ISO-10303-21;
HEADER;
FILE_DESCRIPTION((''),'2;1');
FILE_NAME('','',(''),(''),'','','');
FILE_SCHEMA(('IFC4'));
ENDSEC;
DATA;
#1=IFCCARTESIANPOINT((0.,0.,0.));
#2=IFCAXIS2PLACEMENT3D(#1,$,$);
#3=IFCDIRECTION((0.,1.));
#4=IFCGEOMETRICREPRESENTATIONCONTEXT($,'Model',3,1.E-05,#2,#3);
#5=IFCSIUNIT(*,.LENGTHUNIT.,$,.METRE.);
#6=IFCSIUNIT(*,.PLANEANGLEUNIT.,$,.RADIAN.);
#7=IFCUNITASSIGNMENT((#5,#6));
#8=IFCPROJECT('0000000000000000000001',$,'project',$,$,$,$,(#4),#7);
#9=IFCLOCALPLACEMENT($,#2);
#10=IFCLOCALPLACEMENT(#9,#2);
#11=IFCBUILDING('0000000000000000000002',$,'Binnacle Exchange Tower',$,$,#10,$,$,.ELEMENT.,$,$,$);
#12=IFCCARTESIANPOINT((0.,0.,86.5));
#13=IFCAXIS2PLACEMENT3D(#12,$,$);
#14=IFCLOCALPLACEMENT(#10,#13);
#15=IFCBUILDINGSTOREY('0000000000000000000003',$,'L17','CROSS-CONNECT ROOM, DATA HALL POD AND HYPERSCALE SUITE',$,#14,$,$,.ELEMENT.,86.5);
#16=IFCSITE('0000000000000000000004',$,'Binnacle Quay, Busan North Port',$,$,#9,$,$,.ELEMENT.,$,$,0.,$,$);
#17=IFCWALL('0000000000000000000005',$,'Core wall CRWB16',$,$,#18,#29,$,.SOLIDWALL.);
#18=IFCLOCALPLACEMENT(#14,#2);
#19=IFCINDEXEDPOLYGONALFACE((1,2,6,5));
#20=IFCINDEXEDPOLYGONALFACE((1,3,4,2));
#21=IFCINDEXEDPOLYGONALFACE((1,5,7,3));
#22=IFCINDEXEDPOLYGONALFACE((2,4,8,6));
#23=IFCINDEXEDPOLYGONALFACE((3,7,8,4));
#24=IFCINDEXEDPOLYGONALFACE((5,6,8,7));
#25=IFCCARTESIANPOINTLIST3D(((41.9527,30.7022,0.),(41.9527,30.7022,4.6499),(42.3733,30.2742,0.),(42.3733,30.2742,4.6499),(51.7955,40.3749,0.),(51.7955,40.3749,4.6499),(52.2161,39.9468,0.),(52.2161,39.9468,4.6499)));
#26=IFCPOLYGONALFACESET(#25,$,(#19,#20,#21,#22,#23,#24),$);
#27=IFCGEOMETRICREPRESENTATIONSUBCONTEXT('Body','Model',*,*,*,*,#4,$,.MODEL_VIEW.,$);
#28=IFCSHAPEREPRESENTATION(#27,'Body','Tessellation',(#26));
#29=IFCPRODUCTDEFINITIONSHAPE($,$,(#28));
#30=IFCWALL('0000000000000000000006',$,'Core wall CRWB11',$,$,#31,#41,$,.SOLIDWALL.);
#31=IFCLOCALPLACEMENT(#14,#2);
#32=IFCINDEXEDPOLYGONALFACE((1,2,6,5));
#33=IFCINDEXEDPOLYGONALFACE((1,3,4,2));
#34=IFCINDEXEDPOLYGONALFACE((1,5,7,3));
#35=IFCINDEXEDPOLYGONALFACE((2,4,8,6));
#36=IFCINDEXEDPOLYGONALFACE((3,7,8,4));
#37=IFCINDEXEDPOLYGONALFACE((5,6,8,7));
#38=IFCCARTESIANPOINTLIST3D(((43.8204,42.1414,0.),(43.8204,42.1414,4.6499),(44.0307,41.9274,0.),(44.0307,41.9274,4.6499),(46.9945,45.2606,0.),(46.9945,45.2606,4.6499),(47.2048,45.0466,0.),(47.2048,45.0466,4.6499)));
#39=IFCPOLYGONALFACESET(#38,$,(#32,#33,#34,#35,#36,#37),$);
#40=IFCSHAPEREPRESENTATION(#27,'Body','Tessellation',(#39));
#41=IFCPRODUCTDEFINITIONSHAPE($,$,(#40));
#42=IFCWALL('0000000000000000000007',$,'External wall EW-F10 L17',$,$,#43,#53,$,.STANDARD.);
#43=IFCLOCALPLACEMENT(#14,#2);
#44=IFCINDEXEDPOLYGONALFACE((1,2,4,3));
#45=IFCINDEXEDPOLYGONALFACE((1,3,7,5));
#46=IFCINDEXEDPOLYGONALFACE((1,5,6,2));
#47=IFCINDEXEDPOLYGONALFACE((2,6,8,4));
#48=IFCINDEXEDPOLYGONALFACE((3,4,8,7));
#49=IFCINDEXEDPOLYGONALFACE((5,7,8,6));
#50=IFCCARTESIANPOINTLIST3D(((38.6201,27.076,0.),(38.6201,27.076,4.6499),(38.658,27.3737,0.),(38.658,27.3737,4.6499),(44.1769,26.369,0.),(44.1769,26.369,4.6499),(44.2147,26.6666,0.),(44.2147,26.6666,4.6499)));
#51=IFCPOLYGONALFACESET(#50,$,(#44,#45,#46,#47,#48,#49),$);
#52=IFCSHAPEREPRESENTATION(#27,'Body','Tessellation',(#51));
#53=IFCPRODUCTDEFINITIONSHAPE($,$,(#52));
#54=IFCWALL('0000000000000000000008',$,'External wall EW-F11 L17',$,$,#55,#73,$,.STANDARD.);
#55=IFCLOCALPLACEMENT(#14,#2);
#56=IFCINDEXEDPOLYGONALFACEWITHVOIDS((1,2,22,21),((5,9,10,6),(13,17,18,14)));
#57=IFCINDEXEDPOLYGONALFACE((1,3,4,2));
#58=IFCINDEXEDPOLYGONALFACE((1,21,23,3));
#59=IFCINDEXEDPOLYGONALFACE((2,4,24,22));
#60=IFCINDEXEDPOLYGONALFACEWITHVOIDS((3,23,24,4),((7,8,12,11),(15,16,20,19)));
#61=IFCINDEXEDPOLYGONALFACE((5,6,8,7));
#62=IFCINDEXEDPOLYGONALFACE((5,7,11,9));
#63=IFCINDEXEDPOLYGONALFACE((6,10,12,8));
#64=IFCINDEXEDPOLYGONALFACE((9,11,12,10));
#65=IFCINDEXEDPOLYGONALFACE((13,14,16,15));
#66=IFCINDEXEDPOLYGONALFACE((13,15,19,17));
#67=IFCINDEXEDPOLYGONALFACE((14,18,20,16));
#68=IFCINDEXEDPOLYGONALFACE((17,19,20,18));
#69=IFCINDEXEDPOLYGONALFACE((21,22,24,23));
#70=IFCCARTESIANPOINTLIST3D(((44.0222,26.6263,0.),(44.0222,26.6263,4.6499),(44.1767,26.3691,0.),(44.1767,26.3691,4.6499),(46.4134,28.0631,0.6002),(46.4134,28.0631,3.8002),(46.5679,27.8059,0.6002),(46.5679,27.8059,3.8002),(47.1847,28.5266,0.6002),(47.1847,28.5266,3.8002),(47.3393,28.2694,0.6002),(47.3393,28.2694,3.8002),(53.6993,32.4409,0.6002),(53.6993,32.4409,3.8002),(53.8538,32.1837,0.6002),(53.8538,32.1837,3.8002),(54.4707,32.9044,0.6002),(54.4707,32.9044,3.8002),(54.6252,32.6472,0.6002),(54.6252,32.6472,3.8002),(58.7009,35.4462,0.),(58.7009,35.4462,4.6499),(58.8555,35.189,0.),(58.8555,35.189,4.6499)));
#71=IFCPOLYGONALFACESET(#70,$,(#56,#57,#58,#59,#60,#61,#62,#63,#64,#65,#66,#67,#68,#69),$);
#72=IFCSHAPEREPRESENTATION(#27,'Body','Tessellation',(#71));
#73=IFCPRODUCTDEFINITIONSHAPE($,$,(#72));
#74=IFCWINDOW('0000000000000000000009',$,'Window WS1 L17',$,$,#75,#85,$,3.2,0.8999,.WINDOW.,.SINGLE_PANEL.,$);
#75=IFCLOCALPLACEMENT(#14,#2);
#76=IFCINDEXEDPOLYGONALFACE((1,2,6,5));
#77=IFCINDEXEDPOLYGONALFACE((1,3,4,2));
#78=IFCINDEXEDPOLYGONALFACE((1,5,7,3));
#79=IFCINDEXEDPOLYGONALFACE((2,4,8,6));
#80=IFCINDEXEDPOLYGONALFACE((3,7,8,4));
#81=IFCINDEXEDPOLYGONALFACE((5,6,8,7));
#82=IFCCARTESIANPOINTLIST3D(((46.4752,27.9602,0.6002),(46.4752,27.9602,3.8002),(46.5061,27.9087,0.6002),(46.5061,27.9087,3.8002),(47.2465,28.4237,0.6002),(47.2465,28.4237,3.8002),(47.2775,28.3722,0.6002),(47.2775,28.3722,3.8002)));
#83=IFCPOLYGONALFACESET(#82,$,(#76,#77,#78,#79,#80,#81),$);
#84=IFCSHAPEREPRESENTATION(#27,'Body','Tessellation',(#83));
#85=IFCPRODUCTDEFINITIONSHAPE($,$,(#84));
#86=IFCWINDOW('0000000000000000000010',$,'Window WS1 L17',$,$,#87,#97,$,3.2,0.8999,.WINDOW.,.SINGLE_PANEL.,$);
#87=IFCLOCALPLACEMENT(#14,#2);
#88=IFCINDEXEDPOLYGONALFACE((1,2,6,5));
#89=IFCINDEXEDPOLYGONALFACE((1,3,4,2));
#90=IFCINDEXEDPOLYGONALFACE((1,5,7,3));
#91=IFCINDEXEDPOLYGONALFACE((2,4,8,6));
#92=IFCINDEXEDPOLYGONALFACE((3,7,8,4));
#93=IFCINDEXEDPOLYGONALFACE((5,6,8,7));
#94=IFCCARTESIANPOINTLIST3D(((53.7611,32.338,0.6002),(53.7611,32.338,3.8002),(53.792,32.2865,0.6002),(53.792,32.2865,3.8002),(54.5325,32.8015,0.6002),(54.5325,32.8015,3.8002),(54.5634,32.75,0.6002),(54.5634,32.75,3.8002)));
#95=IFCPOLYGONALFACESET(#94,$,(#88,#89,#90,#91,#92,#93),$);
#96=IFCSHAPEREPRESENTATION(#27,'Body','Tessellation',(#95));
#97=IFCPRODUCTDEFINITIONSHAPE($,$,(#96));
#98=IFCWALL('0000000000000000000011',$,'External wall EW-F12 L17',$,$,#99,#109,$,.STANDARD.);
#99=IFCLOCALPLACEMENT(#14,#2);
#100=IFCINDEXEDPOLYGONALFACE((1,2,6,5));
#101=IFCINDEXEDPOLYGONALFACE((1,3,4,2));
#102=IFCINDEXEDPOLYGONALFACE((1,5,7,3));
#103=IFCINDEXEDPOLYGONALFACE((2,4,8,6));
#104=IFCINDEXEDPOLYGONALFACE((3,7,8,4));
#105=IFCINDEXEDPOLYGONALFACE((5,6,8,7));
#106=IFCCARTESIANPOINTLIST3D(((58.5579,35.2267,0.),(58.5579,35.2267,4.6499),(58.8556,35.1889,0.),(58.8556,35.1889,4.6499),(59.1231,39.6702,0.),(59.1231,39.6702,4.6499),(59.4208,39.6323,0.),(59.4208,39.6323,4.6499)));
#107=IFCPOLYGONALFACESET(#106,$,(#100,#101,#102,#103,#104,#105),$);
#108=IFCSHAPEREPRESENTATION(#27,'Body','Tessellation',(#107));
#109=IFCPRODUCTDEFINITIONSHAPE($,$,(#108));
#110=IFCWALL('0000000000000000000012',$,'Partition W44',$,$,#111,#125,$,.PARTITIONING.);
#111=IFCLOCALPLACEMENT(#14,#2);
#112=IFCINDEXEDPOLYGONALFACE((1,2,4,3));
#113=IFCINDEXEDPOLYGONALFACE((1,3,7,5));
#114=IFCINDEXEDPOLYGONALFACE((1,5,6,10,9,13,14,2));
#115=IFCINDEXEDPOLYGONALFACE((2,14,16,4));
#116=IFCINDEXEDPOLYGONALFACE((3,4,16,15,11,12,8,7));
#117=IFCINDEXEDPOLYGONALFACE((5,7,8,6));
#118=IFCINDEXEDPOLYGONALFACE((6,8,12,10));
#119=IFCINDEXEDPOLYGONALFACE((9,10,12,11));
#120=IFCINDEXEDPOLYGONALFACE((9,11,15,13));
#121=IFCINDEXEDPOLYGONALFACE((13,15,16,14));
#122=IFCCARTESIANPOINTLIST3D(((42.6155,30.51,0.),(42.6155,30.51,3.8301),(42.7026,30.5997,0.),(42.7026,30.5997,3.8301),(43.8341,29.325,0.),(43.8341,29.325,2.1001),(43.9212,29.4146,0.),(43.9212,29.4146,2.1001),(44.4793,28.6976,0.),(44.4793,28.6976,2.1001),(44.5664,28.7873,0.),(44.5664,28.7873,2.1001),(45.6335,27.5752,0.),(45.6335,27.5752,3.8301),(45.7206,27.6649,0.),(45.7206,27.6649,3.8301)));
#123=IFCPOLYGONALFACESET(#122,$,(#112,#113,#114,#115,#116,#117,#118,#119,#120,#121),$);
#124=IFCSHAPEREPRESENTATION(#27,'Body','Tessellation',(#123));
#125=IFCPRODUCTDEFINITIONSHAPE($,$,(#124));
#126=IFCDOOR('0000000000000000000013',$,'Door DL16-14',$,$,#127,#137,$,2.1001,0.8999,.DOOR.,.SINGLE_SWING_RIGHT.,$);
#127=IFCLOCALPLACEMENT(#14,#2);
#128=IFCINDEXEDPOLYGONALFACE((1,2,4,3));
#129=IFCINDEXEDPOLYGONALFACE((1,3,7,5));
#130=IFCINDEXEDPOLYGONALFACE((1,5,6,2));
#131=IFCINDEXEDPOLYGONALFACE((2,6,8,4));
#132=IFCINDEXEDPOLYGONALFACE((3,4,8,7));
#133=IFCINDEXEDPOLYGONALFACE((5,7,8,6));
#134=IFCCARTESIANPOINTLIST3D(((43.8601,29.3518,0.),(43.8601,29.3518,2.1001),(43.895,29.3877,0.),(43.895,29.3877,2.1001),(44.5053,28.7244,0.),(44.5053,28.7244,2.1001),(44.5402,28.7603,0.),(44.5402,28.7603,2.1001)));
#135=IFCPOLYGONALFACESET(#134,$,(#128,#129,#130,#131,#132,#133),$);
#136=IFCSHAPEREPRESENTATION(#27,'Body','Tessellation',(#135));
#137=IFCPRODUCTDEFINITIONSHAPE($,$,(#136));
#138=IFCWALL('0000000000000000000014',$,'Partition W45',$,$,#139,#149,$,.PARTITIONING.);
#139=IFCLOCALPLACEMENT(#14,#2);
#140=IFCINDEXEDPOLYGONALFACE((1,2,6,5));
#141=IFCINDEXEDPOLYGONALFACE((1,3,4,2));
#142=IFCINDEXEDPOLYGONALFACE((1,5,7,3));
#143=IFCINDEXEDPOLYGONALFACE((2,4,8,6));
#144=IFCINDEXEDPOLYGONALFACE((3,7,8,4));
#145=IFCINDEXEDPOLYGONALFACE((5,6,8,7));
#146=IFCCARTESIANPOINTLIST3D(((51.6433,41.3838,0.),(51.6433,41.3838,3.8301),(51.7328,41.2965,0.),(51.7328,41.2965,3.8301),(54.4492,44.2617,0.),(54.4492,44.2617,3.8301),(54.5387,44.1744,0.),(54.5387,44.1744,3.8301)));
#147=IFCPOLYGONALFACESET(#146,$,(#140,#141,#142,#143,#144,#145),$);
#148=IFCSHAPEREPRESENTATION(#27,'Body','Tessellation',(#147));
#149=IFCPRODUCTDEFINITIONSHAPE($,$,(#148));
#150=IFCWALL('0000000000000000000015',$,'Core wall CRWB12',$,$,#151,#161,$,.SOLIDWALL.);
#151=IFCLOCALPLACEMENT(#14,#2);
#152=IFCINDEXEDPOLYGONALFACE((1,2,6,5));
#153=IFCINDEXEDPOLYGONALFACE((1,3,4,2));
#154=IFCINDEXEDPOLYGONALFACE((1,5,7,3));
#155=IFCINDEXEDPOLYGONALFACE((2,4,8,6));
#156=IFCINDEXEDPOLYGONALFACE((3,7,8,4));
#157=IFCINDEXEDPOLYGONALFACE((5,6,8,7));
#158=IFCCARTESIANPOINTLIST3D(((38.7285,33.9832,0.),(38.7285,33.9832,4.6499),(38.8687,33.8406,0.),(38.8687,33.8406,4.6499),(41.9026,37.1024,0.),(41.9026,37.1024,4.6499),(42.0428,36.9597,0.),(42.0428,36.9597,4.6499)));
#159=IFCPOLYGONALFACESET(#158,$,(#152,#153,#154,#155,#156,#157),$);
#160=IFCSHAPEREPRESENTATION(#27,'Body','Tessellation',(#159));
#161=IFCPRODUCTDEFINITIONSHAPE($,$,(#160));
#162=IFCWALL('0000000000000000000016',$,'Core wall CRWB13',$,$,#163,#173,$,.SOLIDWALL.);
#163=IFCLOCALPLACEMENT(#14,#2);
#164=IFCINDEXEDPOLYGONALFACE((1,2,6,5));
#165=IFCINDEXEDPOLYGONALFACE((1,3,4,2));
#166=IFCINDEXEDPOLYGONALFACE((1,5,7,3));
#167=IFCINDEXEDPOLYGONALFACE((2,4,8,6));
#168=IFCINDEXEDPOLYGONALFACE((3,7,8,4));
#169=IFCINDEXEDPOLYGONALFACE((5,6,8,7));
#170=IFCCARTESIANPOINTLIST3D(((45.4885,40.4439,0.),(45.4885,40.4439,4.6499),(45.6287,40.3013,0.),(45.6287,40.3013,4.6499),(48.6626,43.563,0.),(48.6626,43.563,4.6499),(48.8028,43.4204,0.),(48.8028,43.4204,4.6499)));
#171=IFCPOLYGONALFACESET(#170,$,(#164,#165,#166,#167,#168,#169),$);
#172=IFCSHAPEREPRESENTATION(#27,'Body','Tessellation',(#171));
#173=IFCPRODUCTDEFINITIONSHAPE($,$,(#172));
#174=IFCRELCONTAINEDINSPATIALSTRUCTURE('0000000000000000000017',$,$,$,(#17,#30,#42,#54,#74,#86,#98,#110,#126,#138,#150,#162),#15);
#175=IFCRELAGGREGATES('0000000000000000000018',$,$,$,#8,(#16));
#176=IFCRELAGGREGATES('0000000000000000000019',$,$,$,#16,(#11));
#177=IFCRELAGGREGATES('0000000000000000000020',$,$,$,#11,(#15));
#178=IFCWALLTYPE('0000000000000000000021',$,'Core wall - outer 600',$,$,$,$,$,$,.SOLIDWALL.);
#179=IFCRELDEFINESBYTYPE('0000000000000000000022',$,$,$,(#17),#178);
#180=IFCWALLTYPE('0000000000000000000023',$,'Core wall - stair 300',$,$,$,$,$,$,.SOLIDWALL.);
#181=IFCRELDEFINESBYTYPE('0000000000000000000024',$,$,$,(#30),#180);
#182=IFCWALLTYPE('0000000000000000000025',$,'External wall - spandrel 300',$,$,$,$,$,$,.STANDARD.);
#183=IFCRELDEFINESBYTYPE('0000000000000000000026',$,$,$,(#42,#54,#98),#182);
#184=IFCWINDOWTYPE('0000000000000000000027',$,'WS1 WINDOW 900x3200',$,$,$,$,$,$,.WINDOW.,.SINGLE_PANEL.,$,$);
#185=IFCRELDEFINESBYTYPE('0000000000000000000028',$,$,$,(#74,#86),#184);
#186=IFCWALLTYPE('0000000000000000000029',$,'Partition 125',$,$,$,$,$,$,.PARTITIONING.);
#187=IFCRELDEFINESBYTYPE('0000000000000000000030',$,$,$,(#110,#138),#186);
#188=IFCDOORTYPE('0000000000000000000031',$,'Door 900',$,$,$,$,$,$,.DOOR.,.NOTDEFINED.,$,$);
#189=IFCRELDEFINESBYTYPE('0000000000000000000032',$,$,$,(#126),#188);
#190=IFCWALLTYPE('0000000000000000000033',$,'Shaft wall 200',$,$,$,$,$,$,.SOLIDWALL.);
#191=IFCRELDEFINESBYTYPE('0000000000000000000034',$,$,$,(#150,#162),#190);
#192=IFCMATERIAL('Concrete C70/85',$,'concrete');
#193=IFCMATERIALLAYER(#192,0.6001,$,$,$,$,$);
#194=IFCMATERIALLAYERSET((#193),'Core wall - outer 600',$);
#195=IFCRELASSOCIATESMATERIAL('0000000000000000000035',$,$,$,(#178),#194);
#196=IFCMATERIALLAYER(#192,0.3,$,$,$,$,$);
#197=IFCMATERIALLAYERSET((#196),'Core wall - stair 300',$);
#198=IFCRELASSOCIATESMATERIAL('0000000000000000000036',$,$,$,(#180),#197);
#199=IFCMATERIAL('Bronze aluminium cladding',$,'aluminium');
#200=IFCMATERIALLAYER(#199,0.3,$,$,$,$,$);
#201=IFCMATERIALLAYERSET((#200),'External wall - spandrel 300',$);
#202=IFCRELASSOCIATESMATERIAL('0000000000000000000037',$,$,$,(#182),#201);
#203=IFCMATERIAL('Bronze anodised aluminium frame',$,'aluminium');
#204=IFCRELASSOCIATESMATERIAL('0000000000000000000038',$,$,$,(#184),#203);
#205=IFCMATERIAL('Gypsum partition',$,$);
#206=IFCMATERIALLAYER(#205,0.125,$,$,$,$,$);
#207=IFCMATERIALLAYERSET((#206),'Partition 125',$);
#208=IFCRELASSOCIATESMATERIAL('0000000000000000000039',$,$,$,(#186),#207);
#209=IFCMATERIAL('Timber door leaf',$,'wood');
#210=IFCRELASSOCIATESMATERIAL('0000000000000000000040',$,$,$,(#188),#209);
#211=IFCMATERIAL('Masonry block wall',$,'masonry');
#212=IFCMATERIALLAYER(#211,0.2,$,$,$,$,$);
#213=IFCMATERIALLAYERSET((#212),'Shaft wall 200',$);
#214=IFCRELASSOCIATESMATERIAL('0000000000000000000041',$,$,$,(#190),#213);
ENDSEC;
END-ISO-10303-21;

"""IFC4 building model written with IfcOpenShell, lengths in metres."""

from ifc_helpers import new_model, si_unit, direction, frame, frame_2d, origin, place, context, subcontext, project, spatial, rectangle, extrude, material, layer, layer_set, type_object, element, fill, save


model = new_model("IFC4")

# Units and contexts
model_context = context("Model", 3, precision=1e-05, world=origin(), true_north=direction((0.0, 1.0)))
body_context = subcontext(model_context, "Body", "Model", "MODEL_VIEW")
ifc_project = project(units=[si_unit("LENGTHUNIT", "METRE"), si_unit("PLANEANGLEUNIT", "RADIAN")], contexts=[model_context])

# Site, building, storey
site_placement = place(None, origin())
site = spatial("IfcSite", under=ifc_project, at=site_placement, Name="Binnacle Quay, Busan North Port", CompositionType="ELEMENT", RefElevation=0.0)
building_placement = place(site_placement, origin())
building = spatial("IfcBuilding", under=site, at=building_placement, Name="Binnacle Exchange Tower", CompositionType="ELEMENT")
storey_placement = place(building_placement, frame((0.0, 0.0, 86.5)))
storey = spatial("IfcBuildingStorey", under=building, at=storey_placement, Name="L17", Description="CROSS-CONNECT ROOM, DATA HALL POD AND HYPERSCALE SUITE", CompositionType="ELEMENT", Elevation=86.5)

# Shared definitions
ifc_material_1 = material(Name="Concrete C70/85", Category="concrete")

# Walls
ifc_layer_1 = layer(ifc_material_1, 0.6001)
ifc_layer_set_1 = layer_set([ifc_layer_1], Name="Core wall - outer 600")
wall_type_1 = type_object("IfcWallType", Name="Core wall - outer 600", PredefinedType="SOLIDWALL", material=ifc_layer_set_1)
wall_1_placement = place(storey_placement, frame((42.1631, 30.4883, 0.0), z_axis=(0.0, 0.0, 1.0), x_axis=(0.713245, 0.700914, 0.0)))
element("IfcWall", 1, at=wall_1_placement, inside=storey, type_object=wall_type_1, Name="Core wall CRWB16", PredefinedType="SOLIDWALL", context=body_context, shape_type="SweptSolid", body=[
    extrude(rectangle(XDim=13.8, YDim=0.6001, at=frame_2d((6.8999, 0.0))), origin(), (0.0, 0.0, 1.0), 4.6499),
])
ifc_layer_2 = layer(ifc_material_1, 0.3)
ifc_layer_set_2 = layer_set([ifc_layer_2], Name="Core wall - stair 300")
wall_type_2 = type_object("IfcWallType", Name="Core wall - stair 300", PredefinedType="SOLIDWALL", material=ifc_layer_set_2)
wall_2_placement = place(storey_placement, frame((43.9255, 42.0344, 0.0), z_axis=(0.0, 0.0, 1.0), x_axis=(0.713252, 0.700908, 0.0)))
element("IfcWall", 2, at=wall_2_placement, inside=storey, type_object=wall_type_2, Name="Core wall CRWB11", PredefinedType="SOLIDWALL", context=body_context, shape_type="SweptSolid", body=[
    extrude(rectangle(XDim=4.4502, YDim=0.3, at=frame_2d((2.2251, 0.0))), origin(), (0.0, 0.0, 1.0), 4.6499),
])
ifc_material_2 = material(Name="Bronze aluminium cladding", Category="aluminium")
ifc_layer_3 = layer(ifc_material_2, 0.3)
ifc_layer_set_3 = layer_set([ifc_layer_3], Name="External wall - spandrel 300")
wall_type_3 = type_object("IfcWallType", Name="External wall - spandrel 300", PredefinedType="STANDARD", material=ifc_layer_set_3)
wall_3_placement = place(storey_placement, frame((44.1958, 26.5178, 0.0), z_axis=(0.0, 0.0, 1.0), x_axis=(-0.992002, 0.126223, 0.0)))
element("IfcWall", 3, at=wall_3_placement, inside=storey, type_object=wall_type_3, Name="External wall EW-F10 L17", PredefinedType="STANDARD", context=body_context, shape_type="SweptSolid", body=[
    extrude(rectangle(XDim=5.6016, YDim=0.3, at=frame_2d((2.8008, 0.0))), origin(), (0.0, 0.0, 1.0), 4.6499),
])

# Wall, openings, windows
wall_4_placement = place(storey_placement, frame((58.7783, 35.3176, 0.0), z_axis=(0.0, 0.0, 1.0), x_axis=(-0.857168, -0.515037, 0.0)))
wall_4 = element("IfcWall", 4, at=wall_4_placement, inside=storey, type_object=wall_type_3, Name="External wall EW-F11 L17", PredefinedType="STANDARD", context=body_context, shape_type="SweptSolid", body=[
    extrude(rectangle(XDim=17.1248, YDim=0.3, at=frame_2d((8.5625, 0.0))), origin(), (0.0, 0.0, 1.0), 4.6499),
])
opening_1_placement = place(wall_4_placement, frame((13.4353, 0.0, 0.6001)))
opening_1 = element("IfcOpeningElement", 5, at=opening_1_placement, cuts=wall_4, PredefinedType="OPENING", context=body_context, shape_type="SweptSolid", body=[
    extrude(rectangle(XDim=0.8999, YDim=3.2, at=frame_2d((0.45, 1.6001))), frame((0.0, 0.1599, 0.0), z_axis=(0.0, -1.0, 0.0), x_axis=(1.0, 0.0, 0.0)), (0.0, 0.0, 1.0), 0.3201),
])
opening_2_placement = place(wall_4_placement, frame((4.9353, 0.0, 0.6001)))
opening_2 = element("IfcOpeningElement", 6, at=opening_2_placement, cuts=wall_4, PredefinedType="OPENING", context=body_context, shape_type="SweptSolid", body=[
    extrude(rectangle(XDim=0.8999, YDim=3.2, at=frame_2d((0.45, 1.6001))), frame((0.0, 0.1599, 0.0), z_axis=(0.0, -1.0, 0.0), x_axis=(1.0, 0.0, 0.0)), (0.0, 0.0, 1.0), 0.3201),
])
ifc_material_3 = material(Name="Bronze anodised aluminium frame", Category="aluminium")
window_type = type_object("IfcWindowType", Name="WS1 WINDOW 900x3200", PartitioningType="SINGLE_PANEL", PredefinedType="WINDOW", material=ifc_material_3)
window_1_placement = place(opening_1_placement, origin())
window_1 = element("IfcWindow", 7, at=window_1_placement, inside=storey, type_object=window_type, Name="Window WS1 L17", OverallHeight=3.2, OverallWidth=0.8999, PartitioningType="SINGLE_PANEL", PredefinedType="WINDOW", context=body_context, shape_type="SweptSolid", body=[
    extrude(rectangle(XDim=0.8999, YDim=3.2, at=frame_2d((0.45, 1.6001))), frame((0.0, 0.03, 0.0), z_axis=(0.0, -1.0, 0.0), x_axis=(1.0, 0.0, 0.0)), (0.0, 0.0, 1.0), 0.0601),
])
fill(opening_1, window_1)
window_2_placement = place(opening_2_placement, origin())
window_2 = element("IfcWindow", 8, at=window_2_placement, inside=storey, type_object=window_type, Name="Window WS1 L17", OverallHeight=3.2, OverallWidth=0.8999, PartitioningType="SINGLE_PANEL", PredefinedType="WINDOW", context=body_context, shape_type="SweptSolid", body=[
    extrude(rectangle(XDim=0.8999, YDim=3.2, at=frame_2d((0.45, 1.6001))), frame((0.0, 0.03, 0.0), z_axis=(0.0, -1.0, 0.0), x_axis=(1.0, 0.0, 0.0)), (0.0, 0.0, 1.0), 0.0601),
])
fill(opening_2, window_2)

# Wall
wall_5_placement = place(storey_placement, frame((59.272, 39.6514, 0.0), z_axis=(0.0, 0.0, 1.0), x_axis=(-0.126181, -0.992007, 0.0)))
element("IfcWall", 9, at=wall_5_placement, inside=storey, type_object=wall_type_3, Name="External wall EW-F12 L17", PredefinedType="STANDARD", context=body_context, shape_type="SweptSolid", body=[
    extrude(rectangle(XDim=4.4792, YDim=0.3, at=frame_2d((2.2397, 0.0))), origin(), (0.0, 0.0, 1.0), 4.6499),
])

# Wall, opening, door
ifc_material_4 = material(Name="Gypsum partition")
ifc_layer_4 = layer(ifc_material_4, 0.125)
ifc_layer_set_4 = layer_set([ifc_layer_4], Name="Partition 125")
wall_type_4 = type_object("IfcWallType", Name="Partition 125", PredefinedType="PARTITIONING", material=ifc_layer_set_4)
wall_6_placement = place(storey_placement, frame((42.6589, 30.5549, 0.0), z_axis=(0.0, 0.0, 1.0), x_axis=(0.716926, -0.69715, 0.0)))
wall_6 = element("IfcWall", 10, at=wall_6_placement, inside=storey, type_object=wall_type_4, Name="Partition W44", PredefinedType="PARTITIONING", context=body_context, shape_type="SweptSolid", body=[
    extrude(rectangle(XDim=4.2097, YDim=0.125, at=frame_2d((2.105, 0.0))), origin(), (0.0, 0.0, 1.0), 3.8301),
])
opening_3_placement = place(wall_6_placement, frame((1.7, 0.0, 0.0)))
opening_3 = element("IfcOpeningElement", 11, at=opening_3_placement, cuts=wall_6, PredefinedType="OPENING", context=body_context, shape_type="SweptSolid", body=[
    extrude(rectangle(XDim=0.8999, YDim=2.1001, at=frame_2d((0.45, 1.05))), frame((0.0, 0.0725, 0.0), z_axis=(0.0, -1.0, 0.0), x_axis=(1.0, 0.0, 0.0)), (0.0, 0.0, 1.0), 0.145),
])
ifc_material_5 = material(Name="Timber door leaf", Category="wood")
door_type_1 = type_object("IfcDoorType", Name="Door 900", OperationType="NOTDEFINED", PredefinedType="DOOR", material=ifc_material_5)
door_1_placement = place(opening_3_placement, origin())
door_1 = element("IfcDoor", 12, at=door_1_placement, inside=storey, type_object=door_type_1, Name="Door DL16-14", OperationType="SINGLE_SWING_RIGHT", OverallHeight=2.1001, OverallWidth=0.8999, PredefinedType="DOOR", context=body_context, shape_type="SweptSolid", body=[
    extrude(rectangle(XDim=0.8999, YDim=2.1001, at=frame_2d((0.45, 1.05))), frame((0.0, 0.0249, 0.0), z_axis=(0.0, -1.0, 0.0), x_axis=(1.0, 0.0, 0.0)), (0.0, 0.0, 1.0), 0.05),
])
fill(opening_3, door_1)

# Walls
wall_7_placement = place(storey_placement, frame((51.688, 41.3401, 0.0), z_axis=(0.0, 0.0, 1.0), x_axis=(0.698091, 0.716009, 0.0)))
element("IfcWall", 13, at=wall_7_placement, inside=storey, type_object=wall_type_4, Name="Partition W45", PredefinedType="PARTITIONING", context=body_context, shape_type="SweptSolid", body=[
    extrude(rectangle(XDim=4.0193, YDim=0.125, at=frame_2d((2.0098, 0.0))), origin(), (0.0, 0.0, 1.0), 3.8301),
])
ifc_material_6 = material(Name="Masonry block wall", Category="masonry")
ifc_layer_5 = layer(ifc_material_6, 0.2)
ifc_layer_set_5 = layer_set([ifc_layer_5], Name="Shaft wall 200")
wall_type_5 = type_object("IfcWallType", Name="Shaft wall 200", PredefinedType="SOLIDWALL", material=ifc_layer_set_5)
for number, where, z_axis, x_axis, name in (
    (14, (38.7986, 33.9119, 0.0), (0.0, 0.0, 1.0), (0.713252, 0.700908, 0.0), "Core wall CRWB12"),
    (15, (45.5586, 40.3726, 0.0), (0.0, 0.0, 1.0), (0.713252, 0.700908, 0.0), "Core wall CRWB13"),
):
    element("IfcWall", number, at=place(storey_placement, frame(where, z_axis=z_axis, x_axis=x_axis)), inside=storey, type_object=wall_type_5, Name=name, PredefinedType="SOLIDWALL", context=body_context, shape_type="SweptSolid", body=[
        extrude(rectangle(XDim=4.4502, YDim=0.2, at=frame_2d((2.2251, 0.0))), origin(), (0.0, 0.0, 1.0), 4.6499),
    ])

save(model, "model.ifc")
